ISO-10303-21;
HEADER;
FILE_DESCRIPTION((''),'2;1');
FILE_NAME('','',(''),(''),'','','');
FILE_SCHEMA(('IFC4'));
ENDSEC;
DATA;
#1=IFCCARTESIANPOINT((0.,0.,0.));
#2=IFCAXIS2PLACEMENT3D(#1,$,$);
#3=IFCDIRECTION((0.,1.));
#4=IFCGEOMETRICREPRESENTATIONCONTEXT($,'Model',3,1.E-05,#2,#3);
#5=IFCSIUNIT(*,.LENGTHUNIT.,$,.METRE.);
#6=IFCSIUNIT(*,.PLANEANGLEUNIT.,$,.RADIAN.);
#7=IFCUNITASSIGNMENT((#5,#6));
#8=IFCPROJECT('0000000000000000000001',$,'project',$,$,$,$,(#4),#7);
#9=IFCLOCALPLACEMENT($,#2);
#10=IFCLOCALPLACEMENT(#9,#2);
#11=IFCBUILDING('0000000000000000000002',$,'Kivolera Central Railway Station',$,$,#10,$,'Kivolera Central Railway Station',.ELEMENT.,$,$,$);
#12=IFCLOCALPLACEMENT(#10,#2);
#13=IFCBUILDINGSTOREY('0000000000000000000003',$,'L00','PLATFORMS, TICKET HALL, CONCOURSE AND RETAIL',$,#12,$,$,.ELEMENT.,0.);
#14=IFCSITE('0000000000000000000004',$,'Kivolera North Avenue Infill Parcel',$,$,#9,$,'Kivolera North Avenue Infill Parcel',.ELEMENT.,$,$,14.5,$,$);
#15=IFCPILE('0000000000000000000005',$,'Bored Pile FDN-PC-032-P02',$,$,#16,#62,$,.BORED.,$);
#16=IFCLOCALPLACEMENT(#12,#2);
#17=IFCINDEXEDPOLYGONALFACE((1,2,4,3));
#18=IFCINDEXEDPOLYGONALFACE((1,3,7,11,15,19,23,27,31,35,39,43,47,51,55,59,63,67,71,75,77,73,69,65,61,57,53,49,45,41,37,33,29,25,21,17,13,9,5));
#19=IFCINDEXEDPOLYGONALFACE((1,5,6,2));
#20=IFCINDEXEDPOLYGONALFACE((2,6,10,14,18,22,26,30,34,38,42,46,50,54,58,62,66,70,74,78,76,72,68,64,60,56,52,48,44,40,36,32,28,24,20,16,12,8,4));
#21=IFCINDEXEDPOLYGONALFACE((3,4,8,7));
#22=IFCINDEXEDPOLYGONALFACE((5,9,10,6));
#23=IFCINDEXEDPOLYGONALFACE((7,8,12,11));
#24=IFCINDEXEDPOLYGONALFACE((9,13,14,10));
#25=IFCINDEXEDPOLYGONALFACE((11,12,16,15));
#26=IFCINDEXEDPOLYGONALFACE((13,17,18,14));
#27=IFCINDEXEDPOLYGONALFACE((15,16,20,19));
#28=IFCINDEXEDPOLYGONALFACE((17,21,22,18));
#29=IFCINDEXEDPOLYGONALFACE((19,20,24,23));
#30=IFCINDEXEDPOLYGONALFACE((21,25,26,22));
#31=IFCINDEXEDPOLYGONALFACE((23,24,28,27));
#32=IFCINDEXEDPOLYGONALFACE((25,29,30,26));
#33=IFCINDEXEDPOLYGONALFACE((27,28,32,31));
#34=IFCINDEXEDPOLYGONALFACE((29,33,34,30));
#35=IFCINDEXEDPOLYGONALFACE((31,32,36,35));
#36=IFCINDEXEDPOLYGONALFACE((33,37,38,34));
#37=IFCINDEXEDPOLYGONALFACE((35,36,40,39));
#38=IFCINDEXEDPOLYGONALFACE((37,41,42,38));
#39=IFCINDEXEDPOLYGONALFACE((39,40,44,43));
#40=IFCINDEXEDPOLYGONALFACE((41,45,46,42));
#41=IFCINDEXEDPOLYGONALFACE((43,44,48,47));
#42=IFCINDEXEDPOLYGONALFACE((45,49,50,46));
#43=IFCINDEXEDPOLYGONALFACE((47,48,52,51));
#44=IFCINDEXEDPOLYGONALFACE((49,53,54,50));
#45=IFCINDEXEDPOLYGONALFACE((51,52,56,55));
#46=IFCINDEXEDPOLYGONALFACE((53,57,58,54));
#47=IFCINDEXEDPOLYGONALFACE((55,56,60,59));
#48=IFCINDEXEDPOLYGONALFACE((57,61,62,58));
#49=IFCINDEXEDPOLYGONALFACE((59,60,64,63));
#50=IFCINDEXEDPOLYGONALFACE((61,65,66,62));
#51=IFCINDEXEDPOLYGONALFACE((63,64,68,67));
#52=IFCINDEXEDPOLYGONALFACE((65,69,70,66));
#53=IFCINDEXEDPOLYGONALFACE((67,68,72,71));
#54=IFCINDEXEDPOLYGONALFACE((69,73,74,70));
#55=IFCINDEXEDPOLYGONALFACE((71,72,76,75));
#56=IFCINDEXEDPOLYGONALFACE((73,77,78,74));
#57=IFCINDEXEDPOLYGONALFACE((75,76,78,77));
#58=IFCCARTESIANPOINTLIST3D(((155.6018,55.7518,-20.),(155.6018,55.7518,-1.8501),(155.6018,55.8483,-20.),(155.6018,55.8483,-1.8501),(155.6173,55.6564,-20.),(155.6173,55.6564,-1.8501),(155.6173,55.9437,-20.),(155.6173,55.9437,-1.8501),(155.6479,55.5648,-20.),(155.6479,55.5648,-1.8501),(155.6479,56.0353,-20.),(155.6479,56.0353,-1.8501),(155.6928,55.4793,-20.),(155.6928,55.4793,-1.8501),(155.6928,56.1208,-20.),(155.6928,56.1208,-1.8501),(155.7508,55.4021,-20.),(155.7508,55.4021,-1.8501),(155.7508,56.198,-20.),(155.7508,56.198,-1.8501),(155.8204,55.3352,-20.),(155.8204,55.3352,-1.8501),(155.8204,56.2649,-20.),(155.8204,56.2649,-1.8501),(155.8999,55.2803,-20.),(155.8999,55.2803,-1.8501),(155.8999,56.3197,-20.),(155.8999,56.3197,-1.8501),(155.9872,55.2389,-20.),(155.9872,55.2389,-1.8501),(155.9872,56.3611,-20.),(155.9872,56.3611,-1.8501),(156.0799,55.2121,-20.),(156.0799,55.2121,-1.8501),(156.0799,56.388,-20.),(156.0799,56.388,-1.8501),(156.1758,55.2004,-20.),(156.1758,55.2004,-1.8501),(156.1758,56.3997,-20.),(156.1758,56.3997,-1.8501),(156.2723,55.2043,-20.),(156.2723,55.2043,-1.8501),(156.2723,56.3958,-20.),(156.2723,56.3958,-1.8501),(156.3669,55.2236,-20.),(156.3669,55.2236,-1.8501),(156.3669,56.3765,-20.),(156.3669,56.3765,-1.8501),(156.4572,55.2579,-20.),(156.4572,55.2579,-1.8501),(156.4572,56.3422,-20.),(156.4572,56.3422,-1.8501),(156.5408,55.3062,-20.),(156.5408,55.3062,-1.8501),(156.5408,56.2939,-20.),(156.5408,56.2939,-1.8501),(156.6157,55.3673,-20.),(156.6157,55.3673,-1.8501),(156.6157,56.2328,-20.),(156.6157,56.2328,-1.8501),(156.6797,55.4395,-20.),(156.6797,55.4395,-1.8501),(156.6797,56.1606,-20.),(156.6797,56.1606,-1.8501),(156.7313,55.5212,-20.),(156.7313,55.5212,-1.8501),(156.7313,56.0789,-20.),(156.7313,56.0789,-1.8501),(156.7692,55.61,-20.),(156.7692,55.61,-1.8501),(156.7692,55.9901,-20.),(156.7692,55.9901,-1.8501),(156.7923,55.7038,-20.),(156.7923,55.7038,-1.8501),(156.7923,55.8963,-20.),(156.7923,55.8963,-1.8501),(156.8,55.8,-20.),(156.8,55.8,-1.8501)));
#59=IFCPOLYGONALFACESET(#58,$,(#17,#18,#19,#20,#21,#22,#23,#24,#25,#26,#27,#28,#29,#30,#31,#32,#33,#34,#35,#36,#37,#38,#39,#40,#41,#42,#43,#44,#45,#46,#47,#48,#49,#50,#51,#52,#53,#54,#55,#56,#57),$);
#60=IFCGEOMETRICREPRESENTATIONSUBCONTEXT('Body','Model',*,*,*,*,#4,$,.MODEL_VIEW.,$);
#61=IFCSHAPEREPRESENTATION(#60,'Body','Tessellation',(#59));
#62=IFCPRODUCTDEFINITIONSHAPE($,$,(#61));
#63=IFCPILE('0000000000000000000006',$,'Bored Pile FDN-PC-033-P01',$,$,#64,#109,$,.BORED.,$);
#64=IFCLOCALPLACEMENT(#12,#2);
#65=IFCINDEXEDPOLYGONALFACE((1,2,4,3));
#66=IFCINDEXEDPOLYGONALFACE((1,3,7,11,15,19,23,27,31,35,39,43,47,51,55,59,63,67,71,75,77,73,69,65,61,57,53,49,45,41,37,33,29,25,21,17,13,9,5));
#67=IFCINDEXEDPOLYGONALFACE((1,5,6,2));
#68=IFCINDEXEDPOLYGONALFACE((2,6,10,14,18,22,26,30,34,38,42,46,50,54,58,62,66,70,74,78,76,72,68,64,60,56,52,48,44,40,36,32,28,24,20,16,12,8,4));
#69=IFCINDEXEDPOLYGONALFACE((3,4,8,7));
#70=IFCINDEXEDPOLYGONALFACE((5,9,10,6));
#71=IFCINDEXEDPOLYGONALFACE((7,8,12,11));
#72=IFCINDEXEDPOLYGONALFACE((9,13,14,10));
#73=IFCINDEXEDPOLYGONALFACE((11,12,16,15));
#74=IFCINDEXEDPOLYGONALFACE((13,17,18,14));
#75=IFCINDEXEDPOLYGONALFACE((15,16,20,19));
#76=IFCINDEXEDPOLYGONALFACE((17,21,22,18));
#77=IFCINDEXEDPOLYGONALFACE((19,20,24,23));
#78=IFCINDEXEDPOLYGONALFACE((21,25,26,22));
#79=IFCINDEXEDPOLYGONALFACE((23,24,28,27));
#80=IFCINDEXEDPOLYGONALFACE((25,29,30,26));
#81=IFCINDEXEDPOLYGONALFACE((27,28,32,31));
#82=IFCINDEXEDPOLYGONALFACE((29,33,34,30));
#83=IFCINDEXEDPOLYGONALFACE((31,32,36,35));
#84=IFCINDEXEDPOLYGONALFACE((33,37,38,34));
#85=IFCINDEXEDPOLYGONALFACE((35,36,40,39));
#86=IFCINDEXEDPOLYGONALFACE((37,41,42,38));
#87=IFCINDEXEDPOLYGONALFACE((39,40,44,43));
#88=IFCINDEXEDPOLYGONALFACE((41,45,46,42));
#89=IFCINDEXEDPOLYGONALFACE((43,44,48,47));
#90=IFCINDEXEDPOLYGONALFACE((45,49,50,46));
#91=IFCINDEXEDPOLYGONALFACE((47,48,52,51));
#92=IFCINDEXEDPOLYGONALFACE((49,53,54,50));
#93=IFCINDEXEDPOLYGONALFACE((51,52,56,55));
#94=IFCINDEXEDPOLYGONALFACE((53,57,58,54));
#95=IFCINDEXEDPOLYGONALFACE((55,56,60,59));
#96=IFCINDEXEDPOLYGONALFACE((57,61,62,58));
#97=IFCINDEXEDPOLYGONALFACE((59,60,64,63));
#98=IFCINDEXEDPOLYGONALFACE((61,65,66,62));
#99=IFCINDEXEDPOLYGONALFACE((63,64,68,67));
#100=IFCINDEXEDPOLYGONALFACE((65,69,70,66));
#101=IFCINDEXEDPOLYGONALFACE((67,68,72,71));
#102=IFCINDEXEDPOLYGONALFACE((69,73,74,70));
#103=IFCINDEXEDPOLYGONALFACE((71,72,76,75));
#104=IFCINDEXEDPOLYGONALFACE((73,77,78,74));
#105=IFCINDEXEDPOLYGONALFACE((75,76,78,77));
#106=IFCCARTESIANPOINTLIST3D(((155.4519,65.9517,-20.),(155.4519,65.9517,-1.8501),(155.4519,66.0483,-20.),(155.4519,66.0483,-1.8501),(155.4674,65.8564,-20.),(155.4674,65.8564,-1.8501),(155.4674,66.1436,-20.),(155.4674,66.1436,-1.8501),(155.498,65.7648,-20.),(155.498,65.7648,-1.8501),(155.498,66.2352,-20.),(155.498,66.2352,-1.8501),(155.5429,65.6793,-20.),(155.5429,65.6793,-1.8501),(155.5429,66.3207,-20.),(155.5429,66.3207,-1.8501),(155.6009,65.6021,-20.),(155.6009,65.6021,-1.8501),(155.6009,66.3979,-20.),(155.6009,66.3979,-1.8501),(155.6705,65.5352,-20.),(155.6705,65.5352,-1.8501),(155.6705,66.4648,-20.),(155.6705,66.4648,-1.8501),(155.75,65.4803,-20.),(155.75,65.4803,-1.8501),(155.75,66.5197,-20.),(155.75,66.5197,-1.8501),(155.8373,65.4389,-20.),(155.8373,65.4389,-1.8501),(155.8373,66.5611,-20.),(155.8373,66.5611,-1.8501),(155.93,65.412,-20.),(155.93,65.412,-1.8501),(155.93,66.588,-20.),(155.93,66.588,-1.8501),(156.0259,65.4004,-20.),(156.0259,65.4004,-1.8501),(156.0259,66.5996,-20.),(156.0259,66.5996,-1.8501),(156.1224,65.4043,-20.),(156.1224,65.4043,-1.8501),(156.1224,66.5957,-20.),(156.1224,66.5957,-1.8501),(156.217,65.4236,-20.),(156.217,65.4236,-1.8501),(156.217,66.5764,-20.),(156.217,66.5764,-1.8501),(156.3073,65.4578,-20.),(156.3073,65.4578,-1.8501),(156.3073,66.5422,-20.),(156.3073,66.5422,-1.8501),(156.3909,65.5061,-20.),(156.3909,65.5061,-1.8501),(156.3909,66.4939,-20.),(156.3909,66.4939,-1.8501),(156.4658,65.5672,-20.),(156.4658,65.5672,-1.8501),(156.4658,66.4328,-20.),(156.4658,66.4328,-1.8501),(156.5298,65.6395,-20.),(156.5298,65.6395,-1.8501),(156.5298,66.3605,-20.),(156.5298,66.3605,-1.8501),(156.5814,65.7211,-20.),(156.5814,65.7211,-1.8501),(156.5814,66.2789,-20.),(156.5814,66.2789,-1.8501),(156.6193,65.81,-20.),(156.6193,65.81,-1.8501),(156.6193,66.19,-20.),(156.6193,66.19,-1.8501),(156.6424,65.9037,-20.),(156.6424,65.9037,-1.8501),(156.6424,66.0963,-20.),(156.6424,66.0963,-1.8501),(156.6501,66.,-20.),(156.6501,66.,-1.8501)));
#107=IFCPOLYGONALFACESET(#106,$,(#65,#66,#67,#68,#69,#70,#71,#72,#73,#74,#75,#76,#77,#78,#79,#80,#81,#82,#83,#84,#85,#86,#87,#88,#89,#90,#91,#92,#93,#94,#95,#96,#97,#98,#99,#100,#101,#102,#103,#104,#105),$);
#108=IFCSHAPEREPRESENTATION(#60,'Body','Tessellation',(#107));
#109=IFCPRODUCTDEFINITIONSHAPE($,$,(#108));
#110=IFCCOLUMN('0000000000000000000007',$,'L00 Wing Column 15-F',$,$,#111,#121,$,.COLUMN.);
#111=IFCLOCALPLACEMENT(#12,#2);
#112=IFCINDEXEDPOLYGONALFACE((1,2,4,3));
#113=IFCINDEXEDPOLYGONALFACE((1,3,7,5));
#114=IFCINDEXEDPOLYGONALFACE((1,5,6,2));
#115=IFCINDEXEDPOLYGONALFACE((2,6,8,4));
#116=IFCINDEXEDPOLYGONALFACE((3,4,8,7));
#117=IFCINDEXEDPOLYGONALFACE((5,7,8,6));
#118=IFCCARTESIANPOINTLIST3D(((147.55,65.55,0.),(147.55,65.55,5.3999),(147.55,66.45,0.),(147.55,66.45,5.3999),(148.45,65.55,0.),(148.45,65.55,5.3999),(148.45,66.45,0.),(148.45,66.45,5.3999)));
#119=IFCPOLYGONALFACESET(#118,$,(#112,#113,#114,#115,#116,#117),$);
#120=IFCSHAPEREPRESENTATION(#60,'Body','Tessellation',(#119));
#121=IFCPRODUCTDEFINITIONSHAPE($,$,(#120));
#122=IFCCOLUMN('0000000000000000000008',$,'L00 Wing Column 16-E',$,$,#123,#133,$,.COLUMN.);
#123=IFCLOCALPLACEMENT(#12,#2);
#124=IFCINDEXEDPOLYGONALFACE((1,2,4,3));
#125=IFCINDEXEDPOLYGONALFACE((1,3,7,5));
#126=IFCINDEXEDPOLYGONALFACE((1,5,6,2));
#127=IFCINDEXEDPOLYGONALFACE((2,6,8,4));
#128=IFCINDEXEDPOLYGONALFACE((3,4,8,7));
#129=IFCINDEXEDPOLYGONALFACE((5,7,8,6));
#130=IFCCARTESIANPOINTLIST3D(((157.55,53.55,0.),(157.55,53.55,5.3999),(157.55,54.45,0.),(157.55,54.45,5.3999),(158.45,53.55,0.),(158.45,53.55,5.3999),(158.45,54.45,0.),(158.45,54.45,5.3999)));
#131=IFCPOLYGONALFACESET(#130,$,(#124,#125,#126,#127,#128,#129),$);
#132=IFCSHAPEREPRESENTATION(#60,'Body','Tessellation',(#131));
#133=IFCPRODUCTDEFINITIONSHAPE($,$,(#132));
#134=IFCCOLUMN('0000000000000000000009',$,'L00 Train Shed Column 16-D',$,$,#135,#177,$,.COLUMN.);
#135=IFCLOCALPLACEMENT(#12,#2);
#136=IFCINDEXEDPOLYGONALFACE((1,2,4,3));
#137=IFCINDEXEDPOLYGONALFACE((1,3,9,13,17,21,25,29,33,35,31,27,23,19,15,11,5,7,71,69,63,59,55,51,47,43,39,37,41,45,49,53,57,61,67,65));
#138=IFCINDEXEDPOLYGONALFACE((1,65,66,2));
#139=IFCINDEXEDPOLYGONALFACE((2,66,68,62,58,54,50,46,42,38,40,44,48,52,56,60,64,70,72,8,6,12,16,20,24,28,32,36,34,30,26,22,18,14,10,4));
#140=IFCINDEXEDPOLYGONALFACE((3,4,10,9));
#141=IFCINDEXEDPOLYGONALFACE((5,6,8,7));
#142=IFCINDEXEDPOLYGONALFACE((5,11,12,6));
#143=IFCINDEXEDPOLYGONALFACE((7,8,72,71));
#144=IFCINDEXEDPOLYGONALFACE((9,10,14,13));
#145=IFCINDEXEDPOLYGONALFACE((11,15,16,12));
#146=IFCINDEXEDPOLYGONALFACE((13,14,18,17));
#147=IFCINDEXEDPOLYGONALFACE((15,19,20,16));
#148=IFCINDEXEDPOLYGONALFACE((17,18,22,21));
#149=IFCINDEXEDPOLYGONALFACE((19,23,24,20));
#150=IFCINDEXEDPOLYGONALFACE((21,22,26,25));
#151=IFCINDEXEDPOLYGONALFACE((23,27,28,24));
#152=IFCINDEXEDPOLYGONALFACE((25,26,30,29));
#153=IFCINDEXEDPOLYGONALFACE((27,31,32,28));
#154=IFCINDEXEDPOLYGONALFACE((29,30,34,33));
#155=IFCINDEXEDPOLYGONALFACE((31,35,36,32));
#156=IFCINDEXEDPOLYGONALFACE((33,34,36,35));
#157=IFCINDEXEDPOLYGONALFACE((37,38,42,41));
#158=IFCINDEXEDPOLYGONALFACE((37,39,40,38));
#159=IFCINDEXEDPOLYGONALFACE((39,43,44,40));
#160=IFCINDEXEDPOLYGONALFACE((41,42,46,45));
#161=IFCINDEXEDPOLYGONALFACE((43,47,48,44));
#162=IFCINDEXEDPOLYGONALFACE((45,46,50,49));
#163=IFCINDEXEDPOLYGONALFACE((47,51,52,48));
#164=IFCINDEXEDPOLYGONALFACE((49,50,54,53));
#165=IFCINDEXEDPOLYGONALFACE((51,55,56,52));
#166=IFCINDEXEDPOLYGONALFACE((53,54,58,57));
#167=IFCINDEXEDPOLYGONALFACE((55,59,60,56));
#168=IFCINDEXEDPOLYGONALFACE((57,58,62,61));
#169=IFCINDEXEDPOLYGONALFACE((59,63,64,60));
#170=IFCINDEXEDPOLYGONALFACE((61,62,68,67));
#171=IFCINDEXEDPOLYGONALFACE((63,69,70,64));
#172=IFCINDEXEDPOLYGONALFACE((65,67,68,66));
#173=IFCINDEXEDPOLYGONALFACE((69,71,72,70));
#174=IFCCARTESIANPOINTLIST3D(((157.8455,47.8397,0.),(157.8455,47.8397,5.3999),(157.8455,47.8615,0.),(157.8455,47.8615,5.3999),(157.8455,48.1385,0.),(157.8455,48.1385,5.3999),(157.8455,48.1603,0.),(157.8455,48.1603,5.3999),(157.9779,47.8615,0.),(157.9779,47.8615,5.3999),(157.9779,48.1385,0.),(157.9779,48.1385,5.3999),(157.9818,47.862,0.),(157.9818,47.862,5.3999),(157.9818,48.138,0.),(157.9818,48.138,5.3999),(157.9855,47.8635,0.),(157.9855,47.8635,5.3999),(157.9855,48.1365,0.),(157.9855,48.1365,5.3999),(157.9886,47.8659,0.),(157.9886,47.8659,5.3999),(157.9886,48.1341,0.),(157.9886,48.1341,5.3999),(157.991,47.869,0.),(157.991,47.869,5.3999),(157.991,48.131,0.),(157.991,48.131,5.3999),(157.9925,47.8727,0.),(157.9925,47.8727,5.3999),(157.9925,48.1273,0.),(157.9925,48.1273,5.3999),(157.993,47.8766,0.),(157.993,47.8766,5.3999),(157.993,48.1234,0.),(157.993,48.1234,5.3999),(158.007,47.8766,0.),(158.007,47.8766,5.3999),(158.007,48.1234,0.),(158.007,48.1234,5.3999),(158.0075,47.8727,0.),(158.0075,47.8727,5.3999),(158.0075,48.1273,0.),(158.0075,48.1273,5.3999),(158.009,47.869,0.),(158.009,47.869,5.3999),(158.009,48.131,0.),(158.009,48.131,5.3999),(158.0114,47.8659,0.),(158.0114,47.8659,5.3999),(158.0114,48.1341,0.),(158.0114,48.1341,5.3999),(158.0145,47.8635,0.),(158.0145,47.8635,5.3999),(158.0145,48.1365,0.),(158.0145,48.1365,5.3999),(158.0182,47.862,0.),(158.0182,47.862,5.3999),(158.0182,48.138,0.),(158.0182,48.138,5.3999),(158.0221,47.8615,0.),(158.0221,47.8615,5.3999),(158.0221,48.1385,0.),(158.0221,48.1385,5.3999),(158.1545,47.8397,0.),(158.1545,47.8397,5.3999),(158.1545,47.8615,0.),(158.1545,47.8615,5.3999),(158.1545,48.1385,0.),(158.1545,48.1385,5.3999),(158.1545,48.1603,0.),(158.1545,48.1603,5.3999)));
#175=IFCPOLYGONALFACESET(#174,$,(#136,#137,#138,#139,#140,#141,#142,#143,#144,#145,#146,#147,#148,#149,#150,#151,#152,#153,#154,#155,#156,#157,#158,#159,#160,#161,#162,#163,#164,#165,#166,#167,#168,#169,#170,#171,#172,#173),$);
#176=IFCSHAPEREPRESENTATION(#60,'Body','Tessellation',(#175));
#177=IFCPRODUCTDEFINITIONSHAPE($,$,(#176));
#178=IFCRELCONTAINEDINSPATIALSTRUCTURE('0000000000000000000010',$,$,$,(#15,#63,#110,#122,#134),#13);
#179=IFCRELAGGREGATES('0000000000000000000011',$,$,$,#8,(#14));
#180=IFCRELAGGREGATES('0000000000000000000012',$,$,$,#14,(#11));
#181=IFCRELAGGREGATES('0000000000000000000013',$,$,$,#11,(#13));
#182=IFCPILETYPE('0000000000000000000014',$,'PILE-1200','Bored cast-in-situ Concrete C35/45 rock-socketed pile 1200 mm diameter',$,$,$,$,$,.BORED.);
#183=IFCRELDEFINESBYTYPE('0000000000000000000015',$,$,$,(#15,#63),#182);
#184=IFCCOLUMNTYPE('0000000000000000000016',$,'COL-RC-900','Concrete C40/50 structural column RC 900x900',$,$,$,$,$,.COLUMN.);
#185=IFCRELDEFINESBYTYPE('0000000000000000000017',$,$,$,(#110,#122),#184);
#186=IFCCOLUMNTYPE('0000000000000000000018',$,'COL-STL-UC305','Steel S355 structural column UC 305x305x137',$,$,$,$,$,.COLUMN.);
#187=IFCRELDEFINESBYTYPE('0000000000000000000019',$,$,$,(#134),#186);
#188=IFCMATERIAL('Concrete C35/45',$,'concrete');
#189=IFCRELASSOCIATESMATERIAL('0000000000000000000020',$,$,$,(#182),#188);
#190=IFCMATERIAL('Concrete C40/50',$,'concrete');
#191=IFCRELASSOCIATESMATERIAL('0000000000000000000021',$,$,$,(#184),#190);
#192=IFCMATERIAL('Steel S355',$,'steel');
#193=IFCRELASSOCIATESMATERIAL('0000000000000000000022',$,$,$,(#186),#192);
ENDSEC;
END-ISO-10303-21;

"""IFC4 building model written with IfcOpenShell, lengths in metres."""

from ifc_helpers import new_model, si_unit, direction, frame, origin, origin_2d, place, context, subcontext, project, spatial, rectangle, circle, i_section, extrude, material, material_profile, profile_set, type_object, element, save


model = new_model("IFC4")

# Units and contexts
model_context = context("Model", 3, precision=1e-05, world=origin(), true_north=direction((0.0, 1.0)))
body_context = subcontext(model_context, "Body", "Model", "MODEL_VIEW")
ifc_project = project(units=[si_unit("LENGTHUNIT", "METRE"), si_unit("PLANEANGLEUNIT", "RADIAN")], contexts=[model_context])

# Site, building, storey
site_placement = place(None, origin())
site = spatial("IfcSite", under=ifc_project, at=site_placement, Name="Kivolera North Avenue Infill Parcel", LongName="Kivolera North Avenue Infill Parcel", CompositionType="ELEMENT", RefElevation=14.5)
building_placement = place(site_placement, origin())
building = spatial("IfcBuilding", under=site, at=building_placement, Name="Kivolera Central Railway Station", LongName="Kivolera Central Railway Station", CompositionType="ELEMENT")
storey_placement = place(building_placement, origin())
storey = spatial("IfcBuildingStorey", under=building, at=storey_placement, Name="L00", Description="PLATFORMS, TICKET HALL, CONCOURSE AND RETAIL", CompositionType="ELEMENT", Elevation=0.0)

# Shared definitions
ifc_material_1 = material(Name="Concrete C35/45", Category="concrete")

# Piles
ifc_material_profile_1 = material_profile(ifc_material_1, circle(Radius=0.6001, at=origin_2d()), Name="PILE D1200")
ifc_profile_set_1 = profile_set([ifc_material_profile_1], Name="Concrete C35/45")
pile_type_1 = type_object("IfcPileType", Name="PILE-1200", Description="Bored cast-in-situ Concrete C35/45 rock-socketed pile 1200 mm diameter", PredefinedType="BORED", material=ifc_profile_set_1)
for number, where, z_axis, x_axis, name in (
    (1, (156.2, 55.8, -1.8501), (0.0, 0.0, -1.0), (1.0, 0.0, 0.0), "Bored Pile FDN-PC-032-P02"),
    (2, (156.05, 66.0, -1.8501), (0.0, 0.0, -1.0), (1.0, 0.0, 0.0), "Bored Pile FDN-PC-033-P01"),
):
    element("IfcPile", number, at=place(storey_placement, frame(where, z_axis=z_axis, x_axis=x_axis)), inside=storey, type_object=pile_type_1, Name=name, PredefinedType="BORED", context=body_context, shape_type="SweptSolid", body=[
        extrude(circle(Radius=0.6001, at=origin_2d()), origin(), (0.0, 0.0, 1.0), 18.1499),
    ])

# Columns
ifc_material_2 = material(Name="Concrete C40/50", Category="concrete")
ifc_material_profile_2 = material_profile(ifc_material_2, rectangle(XDim=0.8999, YDim=0.8999, at=origin_2d()), Name="RC 900x900")
ifc_profile_set_2 = profile_set([ifc_material_profile_2], Name="Concrete C40/50")
column_type_1 = type_object("IfcColumnType", Name="COL-RC-900", Description="Concrete C40/50 structural column RC 900x900", PredefinedType="COLUMN", material=ifc_profile_set_2)
for number, where, z_axis, x_axis, name in (
    (3, (148.0, 66.0, 0.0), (0.0, 0.0, 1.0), (1.0, 0.0, 0.0), "L00 Wing Column 15-F"),
    (4, (158.0, 54.0, 0.0), (0.0, 0.0, 1.0), (1.0, 0.0, 0.0), "L00 Wing Column 16-E"),
):
    element("IfcColumn", number, at=place(storey_placement, frame(where, z_axis=z_axis, x_axis=x_axis)), inside=storey, type_object=column_type_1, Name=name, PredefinedType="COLUMN", context=body_context, shape_type="SweptSolid", body=[
        extrude(rectangle(XDim=0.8999, YDim=0.8999, at=origin_2d()), origin(), (0.0, 0.0, 1.0), 5.3999),
    ])
ifc_material_3 = material(Name="Steel S355", Category="steel")
ifc_material_profile_3 = material_profile(ifc_material_3, i_section(OverallWidth=0.3091, OverallDepth=0.3206, WebThickness=0.0139, FlangeThickness=0.0217, FilletRadius=0.0151, at=origin_2d()), Name="UC 305x305x137")
ifc_profile_set_3 = profile_set([ifc_material_profile_3], Name="Steel S355")
column_type_2 = type_object("IfcColumnType", Name="COL-STL-UC305", Description="Steel S355 structural column UC 305x305x137", PredefinedType="COLUMN", material=ifc_profile_set_3)
column_placement = place(storey_placement, frame((158.0, 48.0, 0.0), z_axis=(0.0, 0.0, 1.0), x_axis=(1.0, 0.0, 0.0)))
element("IfcColumn", 5, at=column_placement, inside=storey, type_object=column_type_2, Name="L00 Train Shed Column 16-D", PredefinedType="COLUMN", context=body_context, shape_type="SweptSolid", body=[
    extrude(i_section(OverallWidth=0.3091, OverallDepth=0.3206, WebThickness=0.0139, FlangeThickness=0.0217, FilletRadius=0.0151, at=origin_2d()), origin(), (0.0, 0.0, 1.0), 5.3999),
])

save(model, "model.ifc")
